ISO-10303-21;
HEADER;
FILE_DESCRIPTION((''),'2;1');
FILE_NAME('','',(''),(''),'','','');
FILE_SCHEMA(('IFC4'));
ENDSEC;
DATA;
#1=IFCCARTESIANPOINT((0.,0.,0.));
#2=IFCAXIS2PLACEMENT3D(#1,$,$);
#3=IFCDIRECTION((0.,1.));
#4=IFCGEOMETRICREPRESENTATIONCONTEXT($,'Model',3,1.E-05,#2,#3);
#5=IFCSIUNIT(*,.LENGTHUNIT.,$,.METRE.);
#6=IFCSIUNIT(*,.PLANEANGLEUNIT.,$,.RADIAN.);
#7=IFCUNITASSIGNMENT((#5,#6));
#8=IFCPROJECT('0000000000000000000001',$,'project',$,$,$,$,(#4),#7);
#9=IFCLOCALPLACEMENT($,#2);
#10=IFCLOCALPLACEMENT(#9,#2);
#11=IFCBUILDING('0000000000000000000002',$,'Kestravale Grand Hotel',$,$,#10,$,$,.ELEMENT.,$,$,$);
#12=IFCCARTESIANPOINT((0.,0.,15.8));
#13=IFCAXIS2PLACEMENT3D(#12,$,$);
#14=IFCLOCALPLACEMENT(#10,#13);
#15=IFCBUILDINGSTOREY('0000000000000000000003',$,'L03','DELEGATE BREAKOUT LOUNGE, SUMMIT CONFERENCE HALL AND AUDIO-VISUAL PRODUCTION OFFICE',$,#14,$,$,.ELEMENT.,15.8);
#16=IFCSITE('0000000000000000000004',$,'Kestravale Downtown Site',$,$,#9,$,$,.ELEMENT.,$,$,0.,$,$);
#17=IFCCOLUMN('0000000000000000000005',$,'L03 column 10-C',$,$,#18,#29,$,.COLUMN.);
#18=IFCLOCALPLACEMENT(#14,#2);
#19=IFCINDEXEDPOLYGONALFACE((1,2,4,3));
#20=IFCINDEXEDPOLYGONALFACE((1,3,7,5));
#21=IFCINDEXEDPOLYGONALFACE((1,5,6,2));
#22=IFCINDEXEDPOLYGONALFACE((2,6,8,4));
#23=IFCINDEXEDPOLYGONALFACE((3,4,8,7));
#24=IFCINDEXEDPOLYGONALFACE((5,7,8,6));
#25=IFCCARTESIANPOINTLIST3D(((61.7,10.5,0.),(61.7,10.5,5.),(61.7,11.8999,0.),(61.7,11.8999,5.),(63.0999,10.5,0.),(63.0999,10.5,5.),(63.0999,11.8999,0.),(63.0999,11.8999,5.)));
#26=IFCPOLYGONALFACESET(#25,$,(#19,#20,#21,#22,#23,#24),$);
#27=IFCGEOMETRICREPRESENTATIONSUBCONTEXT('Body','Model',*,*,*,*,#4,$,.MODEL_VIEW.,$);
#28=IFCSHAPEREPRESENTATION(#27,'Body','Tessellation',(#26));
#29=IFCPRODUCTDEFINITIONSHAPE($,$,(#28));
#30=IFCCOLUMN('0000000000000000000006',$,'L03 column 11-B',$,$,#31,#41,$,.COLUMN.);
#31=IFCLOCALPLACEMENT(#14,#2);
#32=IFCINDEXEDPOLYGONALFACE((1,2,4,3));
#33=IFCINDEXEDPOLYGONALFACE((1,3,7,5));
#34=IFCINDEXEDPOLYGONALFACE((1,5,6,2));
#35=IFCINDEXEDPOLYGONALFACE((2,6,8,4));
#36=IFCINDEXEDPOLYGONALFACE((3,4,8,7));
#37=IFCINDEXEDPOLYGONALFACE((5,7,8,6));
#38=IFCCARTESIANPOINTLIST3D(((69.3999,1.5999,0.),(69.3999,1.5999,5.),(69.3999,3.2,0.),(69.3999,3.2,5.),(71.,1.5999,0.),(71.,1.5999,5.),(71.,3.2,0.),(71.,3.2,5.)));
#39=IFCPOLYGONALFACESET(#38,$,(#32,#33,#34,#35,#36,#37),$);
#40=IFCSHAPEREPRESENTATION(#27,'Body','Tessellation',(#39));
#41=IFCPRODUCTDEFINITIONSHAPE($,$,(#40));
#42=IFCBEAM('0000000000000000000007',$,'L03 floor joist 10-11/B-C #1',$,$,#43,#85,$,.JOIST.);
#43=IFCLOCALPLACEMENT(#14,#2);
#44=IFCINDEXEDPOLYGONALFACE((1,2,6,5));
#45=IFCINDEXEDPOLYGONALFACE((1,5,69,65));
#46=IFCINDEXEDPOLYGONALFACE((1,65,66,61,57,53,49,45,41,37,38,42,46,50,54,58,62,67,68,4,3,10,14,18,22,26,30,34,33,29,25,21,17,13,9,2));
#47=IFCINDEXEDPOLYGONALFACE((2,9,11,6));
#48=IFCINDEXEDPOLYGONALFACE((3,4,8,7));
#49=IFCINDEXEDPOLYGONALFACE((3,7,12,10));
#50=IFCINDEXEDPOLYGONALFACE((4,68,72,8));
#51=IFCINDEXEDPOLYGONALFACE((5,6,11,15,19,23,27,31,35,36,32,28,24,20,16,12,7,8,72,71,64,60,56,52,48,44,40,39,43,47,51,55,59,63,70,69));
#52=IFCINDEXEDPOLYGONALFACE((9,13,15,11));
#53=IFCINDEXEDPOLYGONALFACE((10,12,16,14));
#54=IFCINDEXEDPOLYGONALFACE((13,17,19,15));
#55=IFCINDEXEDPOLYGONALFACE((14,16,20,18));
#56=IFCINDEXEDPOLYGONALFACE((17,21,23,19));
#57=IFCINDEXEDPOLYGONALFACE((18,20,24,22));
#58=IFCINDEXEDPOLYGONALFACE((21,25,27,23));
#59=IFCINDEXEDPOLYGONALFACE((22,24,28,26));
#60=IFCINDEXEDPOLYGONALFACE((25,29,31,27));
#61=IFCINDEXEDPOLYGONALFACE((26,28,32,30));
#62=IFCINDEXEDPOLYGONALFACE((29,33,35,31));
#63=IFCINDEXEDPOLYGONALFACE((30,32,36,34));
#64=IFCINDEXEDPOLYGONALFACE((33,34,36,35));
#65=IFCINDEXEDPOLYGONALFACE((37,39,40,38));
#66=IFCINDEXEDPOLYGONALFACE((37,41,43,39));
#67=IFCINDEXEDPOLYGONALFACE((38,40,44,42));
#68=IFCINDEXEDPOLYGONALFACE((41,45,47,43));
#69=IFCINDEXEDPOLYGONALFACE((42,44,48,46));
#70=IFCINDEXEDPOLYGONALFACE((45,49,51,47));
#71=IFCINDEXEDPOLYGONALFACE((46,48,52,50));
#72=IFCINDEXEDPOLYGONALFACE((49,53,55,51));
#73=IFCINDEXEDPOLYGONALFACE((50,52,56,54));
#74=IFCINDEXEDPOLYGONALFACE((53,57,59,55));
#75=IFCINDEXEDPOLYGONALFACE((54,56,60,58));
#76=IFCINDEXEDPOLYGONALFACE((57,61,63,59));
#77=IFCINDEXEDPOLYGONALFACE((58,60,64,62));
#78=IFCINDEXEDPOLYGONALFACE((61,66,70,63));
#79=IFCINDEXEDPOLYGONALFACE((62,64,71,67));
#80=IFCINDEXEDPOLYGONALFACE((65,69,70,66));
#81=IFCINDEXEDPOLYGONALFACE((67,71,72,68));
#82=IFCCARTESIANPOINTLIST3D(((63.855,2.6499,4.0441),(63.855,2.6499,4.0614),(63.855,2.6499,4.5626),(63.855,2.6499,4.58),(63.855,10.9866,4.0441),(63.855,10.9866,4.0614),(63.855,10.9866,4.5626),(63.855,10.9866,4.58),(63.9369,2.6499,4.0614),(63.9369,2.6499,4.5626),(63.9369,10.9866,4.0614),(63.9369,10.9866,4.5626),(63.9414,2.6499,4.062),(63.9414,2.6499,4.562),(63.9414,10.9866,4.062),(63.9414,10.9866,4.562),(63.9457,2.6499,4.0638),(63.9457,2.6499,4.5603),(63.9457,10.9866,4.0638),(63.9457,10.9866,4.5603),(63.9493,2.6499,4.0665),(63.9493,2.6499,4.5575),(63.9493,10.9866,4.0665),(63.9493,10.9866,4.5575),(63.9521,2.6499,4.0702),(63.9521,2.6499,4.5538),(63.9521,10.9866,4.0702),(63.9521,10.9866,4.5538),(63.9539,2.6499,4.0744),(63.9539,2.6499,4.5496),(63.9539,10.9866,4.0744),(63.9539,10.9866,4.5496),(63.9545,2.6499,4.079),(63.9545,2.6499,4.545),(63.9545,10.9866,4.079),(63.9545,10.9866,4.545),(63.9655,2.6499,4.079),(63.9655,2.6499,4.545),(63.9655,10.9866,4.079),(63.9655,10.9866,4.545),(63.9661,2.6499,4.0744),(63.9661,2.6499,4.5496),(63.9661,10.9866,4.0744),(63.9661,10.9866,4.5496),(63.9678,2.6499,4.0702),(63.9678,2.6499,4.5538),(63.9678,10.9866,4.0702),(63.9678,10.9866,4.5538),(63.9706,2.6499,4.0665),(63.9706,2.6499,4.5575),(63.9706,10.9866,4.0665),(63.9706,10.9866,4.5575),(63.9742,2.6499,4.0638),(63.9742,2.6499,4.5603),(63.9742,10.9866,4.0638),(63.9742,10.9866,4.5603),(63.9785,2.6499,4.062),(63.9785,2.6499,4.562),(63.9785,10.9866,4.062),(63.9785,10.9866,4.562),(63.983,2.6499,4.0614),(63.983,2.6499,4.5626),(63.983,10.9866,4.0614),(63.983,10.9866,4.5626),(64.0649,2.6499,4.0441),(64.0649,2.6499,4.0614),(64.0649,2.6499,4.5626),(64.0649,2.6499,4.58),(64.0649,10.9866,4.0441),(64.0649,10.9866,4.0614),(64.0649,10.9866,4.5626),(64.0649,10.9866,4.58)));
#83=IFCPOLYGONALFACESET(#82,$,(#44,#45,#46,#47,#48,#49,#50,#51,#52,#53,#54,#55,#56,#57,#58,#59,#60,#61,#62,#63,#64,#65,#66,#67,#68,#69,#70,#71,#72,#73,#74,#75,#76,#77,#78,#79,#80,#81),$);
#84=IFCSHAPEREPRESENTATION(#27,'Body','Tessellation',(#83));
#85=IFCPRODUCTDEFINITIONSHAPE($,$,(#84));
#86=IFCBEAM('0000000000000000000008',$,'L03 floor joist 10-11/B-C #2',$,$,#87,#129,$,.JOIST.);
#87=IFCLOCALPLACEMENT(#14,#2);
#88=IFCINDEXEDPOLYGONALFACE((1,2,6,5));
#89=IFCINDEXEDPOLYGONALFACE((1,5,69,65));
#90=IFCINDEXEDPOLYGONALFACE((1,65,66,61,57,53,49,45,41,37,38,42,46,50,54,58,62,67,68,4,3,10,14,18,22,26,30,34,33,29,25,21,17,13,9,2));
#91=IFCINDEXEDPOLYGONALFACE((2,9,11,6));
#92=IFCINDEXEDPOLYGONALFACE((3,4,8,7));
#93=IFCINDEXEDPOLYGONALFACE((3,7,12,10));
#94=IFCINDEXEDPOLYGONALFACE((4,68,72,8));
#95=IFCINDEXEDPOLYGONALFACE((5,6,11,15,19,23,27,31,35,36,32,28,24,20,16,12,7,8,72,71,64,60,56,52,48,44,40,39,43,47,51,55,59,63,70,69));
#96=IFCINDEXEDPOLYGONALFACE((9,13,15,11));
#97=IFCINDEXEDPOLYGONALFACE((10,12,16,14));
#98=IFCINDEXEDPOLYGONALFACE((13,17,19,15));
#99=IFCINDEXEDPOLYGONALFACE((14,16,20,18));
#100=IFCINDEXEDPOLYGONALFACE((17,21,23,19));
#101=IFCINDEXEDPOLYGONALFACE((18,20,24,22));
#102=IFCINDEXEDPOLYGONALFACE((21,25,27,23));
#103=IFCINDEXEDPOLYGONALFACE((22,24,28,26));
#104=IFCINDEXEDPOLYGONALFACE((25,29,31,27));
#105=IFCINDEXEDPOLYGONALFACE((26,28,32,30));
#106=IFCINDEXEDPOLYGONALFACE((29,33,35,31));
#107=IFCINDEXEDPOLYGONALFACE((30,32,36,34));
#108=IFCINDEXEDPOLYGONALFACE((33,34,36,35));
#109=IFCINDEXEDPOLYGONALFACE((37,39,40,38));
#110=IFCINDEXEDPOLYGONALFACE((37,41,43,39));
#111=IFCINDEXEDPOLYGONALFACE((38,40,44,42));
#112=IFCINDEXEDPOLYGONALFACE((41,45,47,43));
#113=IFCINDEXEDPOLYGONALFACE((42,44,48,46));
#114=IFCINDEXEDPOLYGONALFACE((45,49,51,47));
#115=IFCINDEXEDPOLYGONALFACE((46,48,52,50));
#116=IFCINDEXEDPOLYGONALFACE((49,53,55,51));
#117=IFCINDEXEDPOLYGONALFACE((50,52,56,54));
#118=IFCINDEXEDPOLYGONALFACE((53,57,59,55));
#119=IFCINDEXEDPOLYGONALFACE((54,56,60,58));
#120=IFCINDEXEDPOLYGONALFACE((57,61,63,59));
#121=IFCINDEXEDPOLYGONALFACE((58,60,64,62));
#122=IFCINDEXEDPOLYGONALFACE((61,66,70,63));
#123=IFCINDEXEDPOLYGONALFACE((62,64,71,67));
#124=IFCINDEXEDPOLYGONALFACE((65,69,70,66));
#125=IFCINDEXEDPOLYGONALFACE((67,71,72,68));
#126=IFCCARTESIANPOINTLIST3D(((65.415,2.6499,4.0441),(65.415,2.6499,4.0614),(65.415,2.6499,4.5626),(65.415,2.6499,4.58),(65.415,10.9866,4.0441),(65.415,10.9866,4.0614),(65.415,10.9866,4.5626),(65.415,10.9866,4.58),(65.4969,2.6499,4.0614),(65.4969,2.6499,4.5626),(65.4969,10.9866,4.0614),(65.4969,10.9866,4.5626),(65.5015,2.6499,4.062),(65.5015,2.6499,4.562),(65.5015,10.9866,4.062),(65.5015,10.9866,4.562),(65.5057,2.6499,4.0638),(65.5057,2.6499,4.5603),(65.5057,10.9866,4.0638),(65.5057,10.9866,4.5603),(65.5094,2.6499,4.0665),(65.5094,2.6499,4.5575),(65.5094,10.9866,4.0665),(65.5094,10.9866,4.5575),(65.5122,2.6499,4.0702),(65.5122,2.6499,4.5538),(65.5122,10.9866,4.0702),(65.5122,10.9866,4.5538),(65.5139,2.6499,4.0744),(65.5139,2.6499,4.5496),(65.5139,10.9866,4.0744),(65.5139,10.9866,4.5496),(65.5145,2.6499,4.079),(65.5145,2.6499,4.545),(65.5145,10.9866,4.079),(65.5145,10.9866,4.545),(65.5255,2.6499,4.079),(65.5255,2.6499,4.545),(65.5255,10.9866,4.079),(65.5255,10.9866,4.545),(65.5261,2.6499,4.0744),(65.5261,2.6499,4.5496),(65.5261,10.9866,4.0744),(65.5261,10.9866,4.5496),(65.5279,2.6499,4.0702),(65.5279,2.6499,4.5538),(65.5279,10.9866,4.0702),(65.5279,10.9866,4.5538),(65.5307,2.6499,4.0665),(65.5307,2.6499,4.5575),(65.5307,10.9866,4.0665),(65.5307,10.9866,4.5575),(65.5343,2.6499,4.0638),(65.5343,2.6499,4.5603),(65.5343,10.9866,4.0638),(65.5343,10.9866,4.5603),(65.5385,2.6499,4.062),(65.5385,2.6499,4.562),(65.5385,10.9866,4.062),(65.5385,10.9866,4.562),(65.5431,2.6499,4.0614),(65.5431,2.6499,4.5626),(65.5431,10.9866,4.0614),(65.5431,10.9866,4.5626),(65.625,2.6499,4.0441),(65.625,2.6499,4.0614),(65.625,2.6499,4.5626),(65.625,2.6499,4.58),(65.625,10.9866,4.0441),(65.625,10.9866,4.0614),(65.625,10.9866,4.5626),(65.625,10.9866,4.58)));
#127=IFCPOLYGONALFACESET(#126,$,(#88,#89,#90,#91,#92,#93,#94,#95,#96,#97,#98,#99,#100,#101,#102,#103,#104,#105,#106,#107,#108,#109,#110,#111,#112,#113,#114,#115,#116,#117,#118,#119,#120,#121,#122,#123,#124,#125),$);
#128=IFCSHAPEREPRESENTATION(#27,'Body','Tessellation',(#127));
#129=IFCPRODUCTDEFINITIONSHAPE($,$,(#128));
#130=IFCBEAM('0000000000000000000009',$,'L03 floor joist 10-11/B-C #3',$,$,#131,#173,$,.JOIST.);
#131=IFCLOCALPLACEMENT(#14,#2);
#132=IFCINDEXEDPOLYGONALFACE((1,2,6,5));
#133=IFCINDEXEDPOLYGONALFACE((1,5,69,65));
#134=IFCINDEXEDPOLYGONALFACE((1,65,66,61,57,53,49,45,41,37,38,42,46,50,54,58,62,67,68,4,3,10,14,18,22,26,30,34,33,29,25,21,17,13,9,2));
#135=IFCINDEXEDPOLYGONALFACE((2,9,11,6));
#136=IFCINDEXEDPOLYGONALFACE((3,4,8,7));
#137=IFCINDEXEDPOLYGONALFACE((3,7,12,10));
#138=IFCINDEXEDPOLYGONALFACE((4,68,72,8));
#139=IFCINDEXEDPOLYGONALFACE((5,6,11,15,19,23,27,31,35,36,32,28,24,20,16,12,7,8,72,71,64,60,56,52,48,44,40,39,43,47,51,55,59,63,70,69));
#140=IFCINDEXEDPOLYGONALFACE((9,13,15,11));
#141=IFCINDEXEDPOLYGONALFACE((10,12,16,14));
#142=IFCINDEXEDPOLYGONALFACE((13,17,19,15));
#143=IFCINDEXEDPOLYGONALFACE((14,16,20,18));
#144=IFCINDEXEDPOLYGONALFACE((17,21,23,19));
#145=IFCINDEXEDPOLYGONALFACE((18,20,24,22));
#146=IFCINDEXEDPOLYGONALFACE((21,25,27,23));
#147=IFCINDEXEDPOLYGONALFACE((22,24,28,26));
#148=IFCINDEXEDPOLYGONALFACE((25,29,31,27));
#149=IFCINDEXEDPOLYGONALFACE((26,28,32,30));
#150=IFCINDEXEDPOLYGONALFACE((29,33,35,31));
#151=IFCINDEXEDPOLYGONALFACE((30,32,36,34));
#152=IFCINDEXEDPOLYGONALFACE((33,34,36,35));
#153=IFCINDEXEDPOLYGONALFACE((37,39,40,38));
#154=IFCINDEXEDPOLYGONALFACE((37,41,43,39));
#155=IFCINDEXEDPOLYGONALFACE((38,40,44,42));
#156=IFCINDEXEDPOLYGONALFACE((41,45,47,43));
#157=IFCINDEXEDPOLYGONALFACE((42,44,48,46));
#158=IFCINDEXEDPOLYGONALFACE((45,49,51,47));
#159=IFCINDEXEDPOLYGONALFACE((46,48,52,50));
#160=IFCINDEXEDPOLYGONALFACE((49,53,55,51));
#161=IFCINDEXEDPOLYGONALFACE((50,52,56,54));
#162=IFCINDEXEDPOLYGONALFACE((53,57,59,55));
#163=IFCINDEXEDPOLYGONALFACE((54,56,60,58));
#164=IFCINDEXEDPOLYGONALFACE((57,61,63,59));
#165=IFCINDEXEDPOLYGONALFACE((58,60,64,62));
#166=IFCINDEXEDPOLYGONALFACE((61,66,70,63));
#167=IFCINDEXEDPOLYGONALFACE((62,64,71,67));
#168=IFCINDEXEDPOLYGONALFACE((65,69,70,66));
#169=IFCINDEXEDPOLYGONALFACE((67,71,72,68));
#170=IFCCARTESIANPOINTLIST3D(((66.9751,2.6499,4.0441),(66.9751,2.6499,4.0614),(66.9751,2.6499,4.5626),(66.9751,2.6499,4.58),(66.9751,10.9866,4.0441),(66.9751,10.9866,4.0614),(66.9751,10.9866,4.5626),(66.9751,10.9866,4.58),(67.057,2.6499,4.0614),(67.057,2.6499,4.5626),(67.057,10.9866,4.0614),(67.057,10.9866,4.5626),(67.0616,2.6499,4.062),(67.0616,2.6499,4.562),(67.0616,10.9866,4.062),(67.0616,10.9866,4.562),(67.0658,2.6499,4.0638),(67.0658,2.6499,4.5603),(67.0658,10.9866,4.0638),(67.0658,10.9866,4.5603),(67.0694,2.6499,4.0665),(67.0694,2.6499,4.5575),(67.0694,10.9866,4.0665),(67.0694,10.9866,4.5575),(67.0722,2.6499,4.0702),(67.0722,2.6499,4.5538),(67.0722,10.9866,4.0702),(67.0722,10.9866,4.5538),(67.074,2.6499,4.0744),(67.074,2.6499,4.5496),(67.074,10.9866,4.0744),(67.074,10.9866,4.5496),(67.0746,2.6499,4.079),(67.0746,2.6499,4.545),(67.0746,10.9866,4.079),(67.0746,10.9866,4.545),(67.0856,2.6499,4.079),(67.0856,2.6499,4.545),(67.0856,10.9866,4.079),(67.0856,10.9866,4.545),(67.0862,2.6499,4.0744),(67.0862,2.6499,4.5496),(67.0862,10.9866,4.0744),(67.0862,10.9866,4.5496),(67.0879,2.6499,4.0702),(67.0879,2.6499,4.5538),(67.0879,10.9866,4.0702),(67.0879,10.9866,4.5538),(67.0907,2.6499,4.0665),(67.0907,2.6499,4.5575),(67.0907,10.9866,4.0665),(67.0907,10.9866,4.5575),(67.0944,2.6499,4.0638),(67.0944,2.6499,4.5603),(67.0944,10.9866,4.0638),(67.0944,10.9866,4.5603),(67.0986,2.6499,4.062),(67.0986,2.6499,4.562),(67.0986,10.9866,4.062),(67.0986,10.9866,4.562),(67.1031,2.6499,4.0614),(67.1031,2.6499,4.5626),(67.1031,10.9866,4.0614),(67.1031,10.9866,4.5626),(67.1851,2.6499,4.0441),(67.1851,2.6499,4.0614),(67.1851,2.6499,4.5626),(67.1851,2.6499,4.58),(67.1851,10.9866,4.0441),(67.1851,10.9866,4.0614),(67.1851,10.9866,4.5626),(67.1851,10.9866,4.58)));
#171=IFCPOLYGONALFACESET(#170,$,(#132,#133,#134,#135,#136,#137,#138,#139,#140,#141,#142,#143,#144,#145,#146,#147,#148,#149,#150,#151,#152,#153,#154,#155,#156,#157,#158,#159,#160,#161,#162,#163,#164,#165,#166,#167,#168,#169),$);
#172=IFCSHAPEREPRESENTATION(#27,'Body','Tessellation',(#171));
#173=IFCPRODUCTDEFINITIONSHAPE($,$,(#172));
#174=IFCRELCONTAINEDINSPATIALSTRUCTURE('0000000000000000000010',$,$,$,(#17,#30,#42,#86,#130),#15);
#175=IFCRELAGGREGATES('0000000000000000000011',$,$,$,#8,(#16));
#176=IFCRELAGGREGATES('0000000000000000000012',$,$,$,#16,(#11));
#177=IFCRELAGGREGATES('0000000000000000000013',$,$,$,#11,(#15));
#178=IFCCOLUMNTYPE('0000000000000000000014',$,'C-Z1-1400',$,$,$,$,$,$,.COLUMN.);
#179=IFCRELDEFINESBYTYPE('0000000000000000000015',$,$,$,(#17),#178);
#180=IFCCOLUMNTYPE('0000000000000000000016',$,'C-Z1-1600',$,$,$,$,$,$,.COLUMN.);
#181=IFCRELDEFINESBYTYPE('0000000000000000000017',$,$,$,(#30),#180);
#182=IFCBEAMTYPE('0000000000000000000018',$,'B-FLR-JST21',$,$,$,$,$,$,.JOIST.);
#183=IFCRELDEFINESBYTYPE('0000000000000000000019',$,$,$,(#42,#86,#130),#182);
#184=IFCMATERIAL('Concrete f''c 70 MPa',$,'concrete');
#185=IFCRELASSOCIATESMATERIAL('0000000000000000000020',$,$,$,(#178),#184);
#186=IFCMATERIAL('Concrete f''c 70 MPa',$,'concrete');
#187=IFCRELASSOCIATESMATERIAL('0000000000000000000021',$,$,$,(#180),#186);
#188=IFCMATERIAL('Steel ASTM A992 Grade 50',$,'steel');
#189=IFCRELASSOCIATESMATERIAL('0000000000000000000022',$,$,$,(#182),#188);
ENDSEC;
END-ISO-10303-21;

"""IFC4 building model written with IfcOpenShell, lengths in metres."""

from ifc_helpers import new_model, si_unit, direction, frame, origin, origin_2d, place, context, subcontext, project, spatial, rectangle, i_section, extrude, material, material_profile, profile_set, type_object, element, save


model = new_model("IFC4")

# Units and contexts
model_context = context("Model", 3, precision=1e-05, world=origin(), true_north=direction((0.0, 1.0)))
body_context = subcontext(model_context, "Body", "Model", "MODEL_VIEW")
ifc_project = project(units=[si_unit("LENGTHUNIT", "METRE"), si_unit("PLANEANGLEUNIT", "RADIAN")], contexts=[model_context])

# Site, building, storey
site_placement = place(None, origin())
site = spatial("IfcSite", under=ifc_project, at=site_placement, Name="Kestravale Downtown Site", CompositionType="ELEMENT", RefElevation=0.0)
building_placement = place(site_placement, origin())
building = spatial("IfcBuilding", under=site, at=building_placement, Name="Kestravale Grand Hotel", CompositionType="ELEMENT")
storey_placement = place(building_placement, frame((0.0, 0.0, 15.8)))
storey = spatial("IfcBuildingStorey", under=building, at=storey_placement, Name="L03", Description="DELEGATE BREAKOUT LOUNGE, SUMMIT CONFERENCE HALL AND AUDIO-VISUAL PRODUCTION OFFICE", CompositionType="ELEMENT", Elevation=15.8)

# Columns
ifc_material_1 = material(Name="Concrete f'c 70 MPa", Category="concrete")
ifc_material_profile_1 = material_profile(ifc_material_1, rectangle(XDim=1.3999, YDim=1.3999, at=origin_2d()))
ifc_profile_set_1 = profile_set([ifc_material_profile_1], Name="Concrete f'c 70 MPa")
column_type_1 = type_object("IfcColumnType", Name="C-Z1-1400", PredefinedType="COLUMN", material=ifc_profile_set_1)
column_1_placement = place(storey_placement, frame((62.3999, 11.2, 0.0), z_axis=(0.0, 0.0, 1.0), x_axis=(1.0, 0.0, 0.0)))
element("IfcColumn", 1, at=column_1_placement, inside=storey, type_object=column_type_1, Name="L03 column 10-C", PredefinedType="COLUMN", context=body_context, shape_type="SweptSolid", body=[
    extrude(rectangle(XDim=1.3999, YDim=1.3999, at=origin_2d()), origin(), (0.0, 0.0, 1.0), 5.0),
])
ifc_material_2 = material(Name="Concrete f'c 70 MPa", Category="concrete")
ifc_material_profile_2 = material_profile(ifc_material_2, rectangle(XDim=1.6001, YDim=1.6001, at=origin_2d()))
ifc_profile_set_2 = profile_set([ifc_material_profile_2], Name="Concrete f'c 70 MPa")
column_type_2 = type_object("IfcColumnType", Name="C-Z1-1600", PredefinedType="COLUMN", material=ifc_profile_set_2)
column_2_placement = place(storey_placement, frame((70.2, 2.3999, 0.0), z_axis=(0.0, 0.0, 1.0), x_axis=(1.0, 0.0, 0.0)))
element("IfcColumn", 2, at=column_2_placement, inside=storey, type_object=column_type_2, Name="L03 column 11-B", PredefinedType="COLUMN", context=body_context, shape_type="SweptSolid", body=[
    extrude(rectangle(XDim=1.6001, YDim=1.6001, at=origin_2d()), origin(), (0.0, 0.0, 1.0), 5.0),
])

# Beams
ifc_material_3 = material(Name="Steel ASTM A992 Grade 50", Category="steel")
ifc_material_profile_3 = material_profile(ifc_material_3, i_section(OverallWidth=0.21, OverallDepth=0.5359, WebThickness=0.011, FlangeThickness=0.0173, FilletRadius=0.0176, at=origin_2d()))
ifc_profile_set_3 = profile_set([ifc_material_profile_3], Name="Steel ASTM A992 Grade 50")
beam_type_1 = type_object("IfcBeamType", Name="B-FLR-JST21", PredefinedType="JOIST", material=ifc_profile_set_3)
for number, where, z_axis, x_axis, name in (
    (3, (63.96, 2.6499, 4.312), (0.0, 1.0, 0.0), (-1.0, 0.0, 0.0), "L03 floor joist 10-11/B-C #1"),
    (4, (65.52, 2.6499, 4.312), (0.0, 1.0, 0.0), (-1.0, 0.0, 0.0), "L03 floor joist 10-11/B-C #2"),
    (5, (67.0801, 2.6499, 4.312), (0.0, 1.0, 0.0), (-1.0, 0.0, 0.0), "L03 floor joist 10-11/B-C #3"),
):
    element("IfcBeam", number, at=place(storey_placement, frame(where, z_axis=z_axis, x_axis=x_axis)), inside=storey, type_object=beam_type_1, Name=name, PredefinedType="JOIST", context=body_context, shape_type="SweptSolid", body=[
        extrude(i_section(OverallWidth=0.21, OverallDepth=0.5359, WebThickness=0.011, FlangeThickness=0.0173, FilletRadius=0.0176, at=origin_2d()), origin(), (0.0, 0.0, 1.0), 8.3367),
    ])

save(model, "model.ifc")
